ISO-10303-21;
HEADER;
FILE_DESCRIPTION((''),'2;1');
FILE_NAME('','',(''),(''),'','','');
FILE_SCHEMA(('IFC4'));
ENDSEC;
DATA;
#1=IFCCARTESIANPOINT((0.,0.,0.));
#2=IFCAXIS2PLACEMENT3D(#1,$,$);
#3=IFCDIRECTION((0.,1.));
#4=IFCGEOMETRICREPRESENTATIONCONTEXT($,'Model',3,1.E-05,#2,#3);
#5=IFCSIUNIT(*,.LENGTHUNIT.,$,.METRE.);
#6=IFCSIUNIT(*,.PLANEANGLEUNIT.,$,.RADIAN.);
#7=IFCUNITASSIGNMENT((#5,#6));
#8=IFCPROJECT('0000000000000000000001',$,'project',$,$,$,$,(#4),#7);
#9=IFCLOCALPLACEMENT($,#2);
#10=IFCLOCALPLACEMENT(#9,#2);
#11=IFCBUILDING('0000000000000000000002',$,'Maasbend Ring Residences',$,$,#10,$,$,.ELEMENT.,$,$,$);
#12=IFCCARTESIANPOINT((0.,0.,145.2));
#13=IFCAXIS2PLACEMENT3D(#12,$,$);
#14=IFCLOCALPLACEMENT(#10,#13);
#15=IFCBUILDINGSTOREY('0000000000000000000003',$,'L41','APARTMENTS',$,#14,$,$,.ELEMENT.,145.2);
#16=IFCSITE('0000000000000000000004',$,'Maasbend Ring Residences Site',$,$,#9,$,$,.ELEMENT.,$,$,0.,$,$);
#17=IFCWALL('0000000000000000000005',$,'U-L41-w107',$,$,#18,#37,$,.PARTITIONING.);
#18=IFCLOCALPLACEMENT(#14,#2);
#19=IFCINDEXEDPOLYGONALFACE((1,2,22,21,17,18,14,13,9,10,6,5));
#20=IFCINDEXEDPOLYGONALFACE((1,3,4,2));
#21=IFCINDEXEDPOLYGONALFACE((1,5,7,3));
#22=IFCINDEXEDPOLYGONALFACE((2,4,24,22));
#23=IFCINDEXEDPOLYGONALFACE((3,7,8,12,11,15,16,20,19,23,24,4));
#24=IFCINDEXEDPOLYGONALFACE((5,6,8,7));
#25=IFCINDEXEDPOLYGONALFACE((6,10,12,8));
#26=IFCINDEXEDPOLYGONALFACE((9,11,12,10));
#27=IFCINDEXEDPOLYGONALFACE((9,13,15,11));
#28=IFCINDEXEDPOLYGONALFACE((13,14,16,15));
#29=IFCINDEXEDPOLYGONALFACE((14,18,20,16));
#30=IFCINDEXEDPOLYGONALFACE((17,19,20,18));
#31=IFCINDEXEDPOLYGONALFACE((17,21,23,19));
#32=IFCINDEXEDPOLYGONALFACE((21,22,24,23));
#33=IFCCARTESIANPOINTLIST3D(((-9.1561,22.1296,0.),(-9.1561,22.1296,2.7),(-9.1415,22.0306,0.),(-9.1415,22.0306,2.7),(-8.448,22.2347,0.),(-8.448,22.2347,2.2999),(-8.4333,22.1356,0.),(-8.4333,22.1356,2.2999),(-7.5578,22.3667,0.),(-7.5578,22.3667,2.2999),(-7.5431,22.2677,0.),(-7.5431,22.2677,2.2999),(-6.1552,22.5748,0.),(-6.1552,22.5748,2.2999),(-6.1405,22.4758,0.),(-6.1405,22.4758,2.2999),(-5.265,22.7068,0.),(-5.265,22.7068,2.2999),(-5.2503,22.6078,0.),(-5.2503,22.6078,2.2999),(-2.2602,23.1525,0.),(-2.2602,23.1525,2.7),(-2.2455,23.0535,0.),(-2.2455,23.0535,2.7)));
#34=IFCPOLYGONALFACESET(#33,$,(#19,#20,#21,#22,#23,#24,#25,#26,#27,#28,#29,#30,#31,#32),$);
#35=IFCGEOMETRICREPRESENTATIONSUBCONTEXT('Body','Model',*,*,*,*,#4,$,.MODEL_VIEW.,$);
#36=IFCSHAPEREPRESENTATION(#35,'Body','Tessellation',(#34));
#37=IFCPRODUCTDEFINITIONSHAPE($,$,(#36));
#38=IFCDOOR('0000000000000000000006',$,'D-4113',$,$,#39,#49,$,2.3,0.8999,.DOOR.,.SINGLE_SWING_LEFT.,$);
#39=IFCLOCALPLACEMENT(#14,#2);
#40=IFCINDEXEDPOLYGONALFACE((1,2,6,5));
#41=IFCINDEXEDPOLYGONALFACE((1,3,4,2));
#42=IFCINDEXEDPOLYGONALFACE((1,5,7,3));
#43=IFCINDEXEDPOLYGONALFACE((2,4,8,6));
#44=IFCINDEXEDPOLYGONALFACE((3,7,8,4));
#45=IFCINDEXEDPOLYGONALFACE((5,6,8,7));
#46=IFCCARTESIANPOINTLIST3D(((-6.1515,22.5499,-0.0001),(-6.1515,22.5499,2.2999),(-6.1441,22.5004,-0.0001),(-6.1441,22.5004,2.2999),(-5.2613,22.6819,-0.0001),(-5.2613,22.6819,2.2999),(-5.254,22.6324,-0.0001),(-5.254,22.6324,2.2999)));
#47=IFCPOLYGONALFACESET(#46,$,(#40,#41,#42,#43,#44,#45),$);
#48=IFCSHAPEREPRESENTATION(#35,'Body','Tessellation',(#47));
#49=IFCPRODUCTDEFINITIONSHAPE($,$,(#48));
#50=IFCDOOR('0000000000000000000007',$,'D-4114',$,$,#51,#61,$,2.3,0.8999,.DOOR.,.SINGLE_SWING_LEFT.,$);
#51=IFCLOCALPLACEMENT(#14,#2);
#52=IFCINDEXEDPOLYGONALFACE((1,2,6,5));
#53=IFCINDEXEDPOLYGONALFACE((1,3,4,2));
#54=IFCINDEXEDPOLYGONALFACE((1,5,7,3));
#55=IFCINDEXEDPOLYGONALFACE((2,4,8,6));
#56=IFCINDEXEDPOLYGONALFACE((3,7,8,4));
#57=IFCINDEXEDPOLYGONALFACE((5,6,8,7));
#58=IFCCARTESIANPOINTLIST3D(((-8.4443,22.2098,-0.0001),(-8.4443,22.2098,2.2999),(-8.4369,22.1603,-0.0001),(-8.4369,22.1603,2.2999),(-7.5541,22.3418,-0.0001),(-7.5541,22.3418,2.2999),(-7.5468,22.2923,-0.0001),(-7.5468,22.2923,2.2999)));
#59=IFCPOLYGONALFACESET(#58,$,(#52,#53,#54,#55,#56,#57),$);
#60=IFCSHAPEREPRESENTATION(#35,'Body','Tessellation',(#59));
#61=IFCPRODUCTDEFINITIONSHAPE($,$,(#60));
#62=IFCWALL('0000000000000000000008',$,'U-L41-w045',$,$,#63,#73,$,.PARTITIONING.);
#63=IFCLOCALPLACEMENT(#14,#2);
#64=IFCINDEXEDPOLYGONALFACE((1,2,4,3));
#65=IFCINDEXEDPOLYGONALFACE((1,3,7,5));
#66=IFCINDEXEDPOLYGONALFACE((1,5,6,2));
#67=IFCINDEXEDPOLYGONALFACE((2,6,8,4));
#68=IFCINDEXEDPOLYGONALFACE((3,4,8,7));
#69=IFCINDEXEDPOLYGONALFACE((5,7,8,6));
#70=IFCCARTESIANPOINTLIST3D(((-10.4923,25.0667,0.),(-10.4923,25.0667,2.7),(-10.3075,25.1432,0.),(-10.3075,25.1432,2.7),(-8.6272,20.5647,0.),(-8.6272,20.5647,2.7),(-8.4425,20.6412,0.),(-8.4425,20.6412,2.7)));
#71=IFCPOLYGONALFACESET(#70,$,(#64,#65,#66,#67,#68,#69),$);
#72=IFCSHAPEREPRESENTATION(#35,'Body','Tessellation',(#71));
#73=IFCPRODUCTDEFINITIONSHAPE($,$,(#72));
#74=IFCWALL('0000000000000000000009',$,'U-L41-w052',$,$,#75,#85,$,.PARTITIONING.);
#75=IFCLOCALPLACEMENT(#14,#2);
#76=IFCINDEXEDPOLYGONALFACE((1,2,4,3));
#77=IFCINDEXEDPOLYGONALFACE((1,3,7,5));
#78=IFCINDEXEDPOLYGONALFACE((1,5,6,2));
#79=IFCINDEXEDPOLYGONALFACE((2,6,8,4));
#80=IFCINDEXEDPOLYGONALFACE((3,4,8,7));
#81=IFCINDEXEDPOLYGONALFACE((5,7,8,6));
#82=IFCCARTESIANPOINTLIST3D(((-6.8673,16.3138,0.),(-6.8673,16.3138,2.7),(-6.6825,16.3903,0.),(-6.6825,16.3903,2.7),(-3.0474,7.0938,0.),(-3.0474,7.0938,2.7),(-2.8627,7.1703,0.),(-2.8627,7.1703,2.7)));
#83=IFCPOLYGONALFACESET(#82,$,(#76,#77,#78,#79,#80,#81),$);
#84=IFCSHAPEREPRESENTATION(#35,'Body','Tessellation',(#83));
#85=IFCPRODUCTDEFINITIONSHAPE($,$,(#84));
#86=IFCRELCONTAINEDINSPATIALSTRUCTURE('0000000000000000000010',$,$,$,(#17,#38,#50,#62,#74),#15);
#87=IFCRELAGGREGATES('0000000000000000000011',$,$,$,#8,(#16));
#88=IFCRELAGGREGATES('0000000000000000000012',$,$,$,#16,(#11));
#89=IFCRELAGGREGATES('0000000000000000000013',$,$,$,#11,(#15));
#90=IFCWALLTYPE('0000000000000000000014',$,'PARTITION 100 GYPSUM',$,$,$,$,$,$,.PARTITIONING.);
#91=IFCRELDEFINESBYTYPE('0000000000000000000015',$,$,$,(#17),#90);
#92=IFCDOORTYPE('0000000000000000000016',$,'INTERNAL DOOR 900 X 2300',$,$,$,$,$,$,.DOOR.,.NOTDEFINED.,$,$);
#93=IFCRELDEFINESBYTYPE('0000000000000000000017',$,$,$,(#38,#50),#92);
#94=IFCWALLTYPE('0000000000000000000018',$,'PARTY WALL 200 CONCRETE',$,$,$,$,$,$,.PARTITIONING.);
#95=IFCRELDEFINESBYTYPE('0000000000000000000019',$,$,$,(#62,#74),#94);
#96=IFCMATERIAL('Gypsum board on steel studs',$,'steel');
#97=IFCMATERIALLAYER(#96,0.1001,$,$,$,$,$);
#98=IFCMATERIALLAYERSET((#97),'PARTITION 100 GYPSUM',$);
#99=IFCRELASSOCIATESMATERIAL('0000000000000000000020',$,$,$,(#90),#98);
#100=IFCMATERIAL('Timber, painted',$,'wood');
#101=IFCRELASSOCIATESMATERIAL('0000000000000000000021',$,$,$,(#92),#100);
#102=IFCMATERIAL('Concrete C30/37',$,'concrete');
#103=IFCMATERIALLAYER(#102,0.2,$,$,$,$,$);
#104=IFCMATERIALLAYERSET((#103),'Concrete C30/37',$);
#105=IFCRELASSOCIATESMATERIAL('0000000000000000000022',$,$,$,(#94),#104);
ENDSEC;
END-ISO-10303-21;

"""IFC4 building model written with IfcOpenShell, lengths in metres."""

from ifc_helpers import new_model, si_unit, direction, frame, frame_2d, origin, place, context, subcontext, project, spatial, rectangle, extrude, material, layer, layer_set, type_object, element, fill, save


model = new_model("IFC4")

# Units and contexts
model_context = context("Model", 3, precision=1e-05, world=origin(), true_north=direction((0.0, 1.0)))
body_context = subcontext(model_context, "Body", "Model", "MODEL_VIEW")
ifc_project = project(units=[si_unit("LENGTHUNIT", "METRE"), si_unit("PLANEANGLEUNIT", "RADIAN")], contexts=[model_context])

# Site, building, storey
site_placement = place(None, origin())
site = spatial("IfcSite", under=ifc_project, at=site_placement, Name="Maasbend Ring Residences Site", CompositionType="ELEMENT", RefElevation=0.0)
building_placement = place(site_placement, origin())
building = spatial("IfcBuilding", under=site, at=building_placement, Name="Maasbend Ring Residences", CompositionType="ELEMENT")
storey_placement = place(building_placement, frame((0.0, 0.0, 145.2)))
storey = spatial("IfcBuildingStorey", under=building, at=storey_placement, Name="L41", Description="APARTMENTS", CompositionType="ELEMENT", Elevation=145.2)

# Shared definitions
ifc_material_1 = material(Name="Gypsum board on steel studs", Category="steel")
ifc_layer_1 = layer(ifc_material_1, 0.1001)
ifc_layer_set_1 = layer_set([ifc_layer_1], Name="PARTITION 100 GYPSUM")
wall_type_1 = type_object("IfcWallType", Name="PARTITION 100 GYPSUM", PredefinedType="PARTITIONING", material=ifc_layer_set_1)
ifc_material_2 = material(Name="Timber, painted", Category="wood")
door_type_1 = type_object("IfcDoorType", Name="INTERNAL DOOR 900 X 2300", OperationType="NOTDEFINED", PredefinedType="DOOR", material=ifc_material_2)

# Wall, openings, doors
wall_1_placement = place(storey_placement, frame((-9.1489, 22.0801, 0.0), z_axis=(0.0, 0.0, 1.0), x_axis=(0.989176, 0.146734, 0.0)))
wall_1 = element("IfcWall", 1, at=wall_1_placement, inside=storey, type_object=wall_type_1, Name="U-L41-w107", PredefinedType="PARTITIONING", context=body_context, shape_type="SweptSolid", body=[
    extrude(rectangle(XDim=6.9714, YDim=0.1001, at=frame_2d((3.4858, 0.0))), origin(), (0.0, 0.0, 1.0), 2.7),
])
opening_1_placement = place(wall_1_placement, frame((3.0339, 0.0, 0.0)))
opening_1 = element("IfcOpeningElement", 2, at=opening_1_placement, cuts=wall_1, PredefinedType="OPENING", context=body_context, shape_type="SweptSolid", body=[
    extrude(rectangle(XDim=0.8999, YDim=2.3, at=frame_2d((0.45, 1.1499))), frame((0.0, 0.0601, 0.0), z_axis=(0.0, -1.0, 0.0), x_axis=(1.0, 0.0, 0.0)), (0.0, 0.0, 1.0), 0.1201),
])
opening_2_placement = place(wall_1_placement, frame((0.7161, 0.0, 0.0)))
opening_2 = element("IfcOpeningElement", 3, at=opening_2_placement, cuts=wall_1, PredefinedType="OPENING", context=body_context, shape_type="SweptSolid", body=[
    extrude(rectangle(XDim=0.8999, YDim=2.3, at=frame_2d((0.45, 1.1499))), frame((0.0, 0.0601, 0.0), z_axis=(0.0, -1.0, 0.0), x_axis=(1.0, 0.0, 0.0)), (0.0, 0.0, 1.0), 0.1201),
])
door_1_placement = place(opening_1_placement, origin())
door_1 = element("IfcDoor", 4, at=door_1_placement, inside=storey, type_object=door_type_1, Name="D-4113", OperationType="SINGLE_SWING_LEFT", OverallHeight=2.3, OverallWidth=0.8999, PredefinedType="DOOR", context=body_context, shape_type="SweptSolid", body=[
    extrude(rectangle(XDim=0.8999, YDim=2.3, at=frame_2d((0.45, 1.1499))), frame((0.0, 0.0249, 0.0), z_axis=(0.0, -1.0, 0.0), x_axis=(1.0, 0.0, 0.0)), (0.0, 0.0, 1.0), 0.05),
])
fill(opening_1, door_1)
door_2_placement = place(opening_2_placement, origin())
door_2 = element("IfcDoor", 5, at=door_2_placement, inside=storey, type_object=door_type_1, Name="D-4114", OperationType="SINGLE_SWING_LEFT", OverallHeight=2.3, OverallWidth=0.8999, PredefinedType="DOOR", context=body_context, shape_type="SweptSolid", body=[
    extrude(rectangle(XDim=0.8999, YDim=2.3, at=frame_2d((0.45, 1.1499))), frame((0.0, 0.0249, 0.0), z_axis=(0.0, -1.0, 0.0), x_axis=(1.0, 0.0, 0.0)), (0.0, 0.0, 1.0), 0.05),
])
fill(opening_2, door_2)

# Walls
ifc_material_3 = material(Name="Concrete C30/37", Category="concrete")
ifc_layer_2 = layer(ifc_material_3, 0.2)
ifc_layer_set_2 = layer_set([ifc_layer_2], Name="Concrete C30/37")
wall_type_2 = type_object("IfcWallType", Name="PARTY WALL 200 CONCRETE", PredefinedType="PARTITIONING", material=ifc_layer_set_2)
wall_2_placement = place(storey_placement, frame((-10.3999, 25.105, 0.0), z_axis=(0.0, 0.0, 1.0), x_axis=(0.382722, -0.923864, 0.0)))
element("IfcWall", 6, at=wall_2_placement, inside=storey, type_object=wall_type_2, Name="U-L41-w045", PredefinedType="PARTITIONING", context=body_context, shape_type="SweptSolid", body=[
    extrude(rectangle(XDim=4.873, YDim=0.2, at=frame_2d((2.4365, 0.0))), origin(), (0.0, 0.0, 1.0), 2.7),
])
wall_3_placement = place(storey_placement, frame((-6.7749, 16.3521, 0.0), z_axis=(0.0, 0.0, 1.0), x_axis=(0.382751, -0.923852, 0.0)))
element("IfcWall", 7, at=wall_3_placement, inside=storey, type_object=wall_type_2, Name="U-L41-w052", PredefinedType="PARTITIONING", context=body_context, shape_type="SweptSolid", body=[
    extrude(rectangle(XDim=9.98, YDim=0.2, at=frame_2d((4.99, 0.0))), origin(), (0.0, 0.0, 1.0), 2.7),
])

save(model, "model.ifc")
